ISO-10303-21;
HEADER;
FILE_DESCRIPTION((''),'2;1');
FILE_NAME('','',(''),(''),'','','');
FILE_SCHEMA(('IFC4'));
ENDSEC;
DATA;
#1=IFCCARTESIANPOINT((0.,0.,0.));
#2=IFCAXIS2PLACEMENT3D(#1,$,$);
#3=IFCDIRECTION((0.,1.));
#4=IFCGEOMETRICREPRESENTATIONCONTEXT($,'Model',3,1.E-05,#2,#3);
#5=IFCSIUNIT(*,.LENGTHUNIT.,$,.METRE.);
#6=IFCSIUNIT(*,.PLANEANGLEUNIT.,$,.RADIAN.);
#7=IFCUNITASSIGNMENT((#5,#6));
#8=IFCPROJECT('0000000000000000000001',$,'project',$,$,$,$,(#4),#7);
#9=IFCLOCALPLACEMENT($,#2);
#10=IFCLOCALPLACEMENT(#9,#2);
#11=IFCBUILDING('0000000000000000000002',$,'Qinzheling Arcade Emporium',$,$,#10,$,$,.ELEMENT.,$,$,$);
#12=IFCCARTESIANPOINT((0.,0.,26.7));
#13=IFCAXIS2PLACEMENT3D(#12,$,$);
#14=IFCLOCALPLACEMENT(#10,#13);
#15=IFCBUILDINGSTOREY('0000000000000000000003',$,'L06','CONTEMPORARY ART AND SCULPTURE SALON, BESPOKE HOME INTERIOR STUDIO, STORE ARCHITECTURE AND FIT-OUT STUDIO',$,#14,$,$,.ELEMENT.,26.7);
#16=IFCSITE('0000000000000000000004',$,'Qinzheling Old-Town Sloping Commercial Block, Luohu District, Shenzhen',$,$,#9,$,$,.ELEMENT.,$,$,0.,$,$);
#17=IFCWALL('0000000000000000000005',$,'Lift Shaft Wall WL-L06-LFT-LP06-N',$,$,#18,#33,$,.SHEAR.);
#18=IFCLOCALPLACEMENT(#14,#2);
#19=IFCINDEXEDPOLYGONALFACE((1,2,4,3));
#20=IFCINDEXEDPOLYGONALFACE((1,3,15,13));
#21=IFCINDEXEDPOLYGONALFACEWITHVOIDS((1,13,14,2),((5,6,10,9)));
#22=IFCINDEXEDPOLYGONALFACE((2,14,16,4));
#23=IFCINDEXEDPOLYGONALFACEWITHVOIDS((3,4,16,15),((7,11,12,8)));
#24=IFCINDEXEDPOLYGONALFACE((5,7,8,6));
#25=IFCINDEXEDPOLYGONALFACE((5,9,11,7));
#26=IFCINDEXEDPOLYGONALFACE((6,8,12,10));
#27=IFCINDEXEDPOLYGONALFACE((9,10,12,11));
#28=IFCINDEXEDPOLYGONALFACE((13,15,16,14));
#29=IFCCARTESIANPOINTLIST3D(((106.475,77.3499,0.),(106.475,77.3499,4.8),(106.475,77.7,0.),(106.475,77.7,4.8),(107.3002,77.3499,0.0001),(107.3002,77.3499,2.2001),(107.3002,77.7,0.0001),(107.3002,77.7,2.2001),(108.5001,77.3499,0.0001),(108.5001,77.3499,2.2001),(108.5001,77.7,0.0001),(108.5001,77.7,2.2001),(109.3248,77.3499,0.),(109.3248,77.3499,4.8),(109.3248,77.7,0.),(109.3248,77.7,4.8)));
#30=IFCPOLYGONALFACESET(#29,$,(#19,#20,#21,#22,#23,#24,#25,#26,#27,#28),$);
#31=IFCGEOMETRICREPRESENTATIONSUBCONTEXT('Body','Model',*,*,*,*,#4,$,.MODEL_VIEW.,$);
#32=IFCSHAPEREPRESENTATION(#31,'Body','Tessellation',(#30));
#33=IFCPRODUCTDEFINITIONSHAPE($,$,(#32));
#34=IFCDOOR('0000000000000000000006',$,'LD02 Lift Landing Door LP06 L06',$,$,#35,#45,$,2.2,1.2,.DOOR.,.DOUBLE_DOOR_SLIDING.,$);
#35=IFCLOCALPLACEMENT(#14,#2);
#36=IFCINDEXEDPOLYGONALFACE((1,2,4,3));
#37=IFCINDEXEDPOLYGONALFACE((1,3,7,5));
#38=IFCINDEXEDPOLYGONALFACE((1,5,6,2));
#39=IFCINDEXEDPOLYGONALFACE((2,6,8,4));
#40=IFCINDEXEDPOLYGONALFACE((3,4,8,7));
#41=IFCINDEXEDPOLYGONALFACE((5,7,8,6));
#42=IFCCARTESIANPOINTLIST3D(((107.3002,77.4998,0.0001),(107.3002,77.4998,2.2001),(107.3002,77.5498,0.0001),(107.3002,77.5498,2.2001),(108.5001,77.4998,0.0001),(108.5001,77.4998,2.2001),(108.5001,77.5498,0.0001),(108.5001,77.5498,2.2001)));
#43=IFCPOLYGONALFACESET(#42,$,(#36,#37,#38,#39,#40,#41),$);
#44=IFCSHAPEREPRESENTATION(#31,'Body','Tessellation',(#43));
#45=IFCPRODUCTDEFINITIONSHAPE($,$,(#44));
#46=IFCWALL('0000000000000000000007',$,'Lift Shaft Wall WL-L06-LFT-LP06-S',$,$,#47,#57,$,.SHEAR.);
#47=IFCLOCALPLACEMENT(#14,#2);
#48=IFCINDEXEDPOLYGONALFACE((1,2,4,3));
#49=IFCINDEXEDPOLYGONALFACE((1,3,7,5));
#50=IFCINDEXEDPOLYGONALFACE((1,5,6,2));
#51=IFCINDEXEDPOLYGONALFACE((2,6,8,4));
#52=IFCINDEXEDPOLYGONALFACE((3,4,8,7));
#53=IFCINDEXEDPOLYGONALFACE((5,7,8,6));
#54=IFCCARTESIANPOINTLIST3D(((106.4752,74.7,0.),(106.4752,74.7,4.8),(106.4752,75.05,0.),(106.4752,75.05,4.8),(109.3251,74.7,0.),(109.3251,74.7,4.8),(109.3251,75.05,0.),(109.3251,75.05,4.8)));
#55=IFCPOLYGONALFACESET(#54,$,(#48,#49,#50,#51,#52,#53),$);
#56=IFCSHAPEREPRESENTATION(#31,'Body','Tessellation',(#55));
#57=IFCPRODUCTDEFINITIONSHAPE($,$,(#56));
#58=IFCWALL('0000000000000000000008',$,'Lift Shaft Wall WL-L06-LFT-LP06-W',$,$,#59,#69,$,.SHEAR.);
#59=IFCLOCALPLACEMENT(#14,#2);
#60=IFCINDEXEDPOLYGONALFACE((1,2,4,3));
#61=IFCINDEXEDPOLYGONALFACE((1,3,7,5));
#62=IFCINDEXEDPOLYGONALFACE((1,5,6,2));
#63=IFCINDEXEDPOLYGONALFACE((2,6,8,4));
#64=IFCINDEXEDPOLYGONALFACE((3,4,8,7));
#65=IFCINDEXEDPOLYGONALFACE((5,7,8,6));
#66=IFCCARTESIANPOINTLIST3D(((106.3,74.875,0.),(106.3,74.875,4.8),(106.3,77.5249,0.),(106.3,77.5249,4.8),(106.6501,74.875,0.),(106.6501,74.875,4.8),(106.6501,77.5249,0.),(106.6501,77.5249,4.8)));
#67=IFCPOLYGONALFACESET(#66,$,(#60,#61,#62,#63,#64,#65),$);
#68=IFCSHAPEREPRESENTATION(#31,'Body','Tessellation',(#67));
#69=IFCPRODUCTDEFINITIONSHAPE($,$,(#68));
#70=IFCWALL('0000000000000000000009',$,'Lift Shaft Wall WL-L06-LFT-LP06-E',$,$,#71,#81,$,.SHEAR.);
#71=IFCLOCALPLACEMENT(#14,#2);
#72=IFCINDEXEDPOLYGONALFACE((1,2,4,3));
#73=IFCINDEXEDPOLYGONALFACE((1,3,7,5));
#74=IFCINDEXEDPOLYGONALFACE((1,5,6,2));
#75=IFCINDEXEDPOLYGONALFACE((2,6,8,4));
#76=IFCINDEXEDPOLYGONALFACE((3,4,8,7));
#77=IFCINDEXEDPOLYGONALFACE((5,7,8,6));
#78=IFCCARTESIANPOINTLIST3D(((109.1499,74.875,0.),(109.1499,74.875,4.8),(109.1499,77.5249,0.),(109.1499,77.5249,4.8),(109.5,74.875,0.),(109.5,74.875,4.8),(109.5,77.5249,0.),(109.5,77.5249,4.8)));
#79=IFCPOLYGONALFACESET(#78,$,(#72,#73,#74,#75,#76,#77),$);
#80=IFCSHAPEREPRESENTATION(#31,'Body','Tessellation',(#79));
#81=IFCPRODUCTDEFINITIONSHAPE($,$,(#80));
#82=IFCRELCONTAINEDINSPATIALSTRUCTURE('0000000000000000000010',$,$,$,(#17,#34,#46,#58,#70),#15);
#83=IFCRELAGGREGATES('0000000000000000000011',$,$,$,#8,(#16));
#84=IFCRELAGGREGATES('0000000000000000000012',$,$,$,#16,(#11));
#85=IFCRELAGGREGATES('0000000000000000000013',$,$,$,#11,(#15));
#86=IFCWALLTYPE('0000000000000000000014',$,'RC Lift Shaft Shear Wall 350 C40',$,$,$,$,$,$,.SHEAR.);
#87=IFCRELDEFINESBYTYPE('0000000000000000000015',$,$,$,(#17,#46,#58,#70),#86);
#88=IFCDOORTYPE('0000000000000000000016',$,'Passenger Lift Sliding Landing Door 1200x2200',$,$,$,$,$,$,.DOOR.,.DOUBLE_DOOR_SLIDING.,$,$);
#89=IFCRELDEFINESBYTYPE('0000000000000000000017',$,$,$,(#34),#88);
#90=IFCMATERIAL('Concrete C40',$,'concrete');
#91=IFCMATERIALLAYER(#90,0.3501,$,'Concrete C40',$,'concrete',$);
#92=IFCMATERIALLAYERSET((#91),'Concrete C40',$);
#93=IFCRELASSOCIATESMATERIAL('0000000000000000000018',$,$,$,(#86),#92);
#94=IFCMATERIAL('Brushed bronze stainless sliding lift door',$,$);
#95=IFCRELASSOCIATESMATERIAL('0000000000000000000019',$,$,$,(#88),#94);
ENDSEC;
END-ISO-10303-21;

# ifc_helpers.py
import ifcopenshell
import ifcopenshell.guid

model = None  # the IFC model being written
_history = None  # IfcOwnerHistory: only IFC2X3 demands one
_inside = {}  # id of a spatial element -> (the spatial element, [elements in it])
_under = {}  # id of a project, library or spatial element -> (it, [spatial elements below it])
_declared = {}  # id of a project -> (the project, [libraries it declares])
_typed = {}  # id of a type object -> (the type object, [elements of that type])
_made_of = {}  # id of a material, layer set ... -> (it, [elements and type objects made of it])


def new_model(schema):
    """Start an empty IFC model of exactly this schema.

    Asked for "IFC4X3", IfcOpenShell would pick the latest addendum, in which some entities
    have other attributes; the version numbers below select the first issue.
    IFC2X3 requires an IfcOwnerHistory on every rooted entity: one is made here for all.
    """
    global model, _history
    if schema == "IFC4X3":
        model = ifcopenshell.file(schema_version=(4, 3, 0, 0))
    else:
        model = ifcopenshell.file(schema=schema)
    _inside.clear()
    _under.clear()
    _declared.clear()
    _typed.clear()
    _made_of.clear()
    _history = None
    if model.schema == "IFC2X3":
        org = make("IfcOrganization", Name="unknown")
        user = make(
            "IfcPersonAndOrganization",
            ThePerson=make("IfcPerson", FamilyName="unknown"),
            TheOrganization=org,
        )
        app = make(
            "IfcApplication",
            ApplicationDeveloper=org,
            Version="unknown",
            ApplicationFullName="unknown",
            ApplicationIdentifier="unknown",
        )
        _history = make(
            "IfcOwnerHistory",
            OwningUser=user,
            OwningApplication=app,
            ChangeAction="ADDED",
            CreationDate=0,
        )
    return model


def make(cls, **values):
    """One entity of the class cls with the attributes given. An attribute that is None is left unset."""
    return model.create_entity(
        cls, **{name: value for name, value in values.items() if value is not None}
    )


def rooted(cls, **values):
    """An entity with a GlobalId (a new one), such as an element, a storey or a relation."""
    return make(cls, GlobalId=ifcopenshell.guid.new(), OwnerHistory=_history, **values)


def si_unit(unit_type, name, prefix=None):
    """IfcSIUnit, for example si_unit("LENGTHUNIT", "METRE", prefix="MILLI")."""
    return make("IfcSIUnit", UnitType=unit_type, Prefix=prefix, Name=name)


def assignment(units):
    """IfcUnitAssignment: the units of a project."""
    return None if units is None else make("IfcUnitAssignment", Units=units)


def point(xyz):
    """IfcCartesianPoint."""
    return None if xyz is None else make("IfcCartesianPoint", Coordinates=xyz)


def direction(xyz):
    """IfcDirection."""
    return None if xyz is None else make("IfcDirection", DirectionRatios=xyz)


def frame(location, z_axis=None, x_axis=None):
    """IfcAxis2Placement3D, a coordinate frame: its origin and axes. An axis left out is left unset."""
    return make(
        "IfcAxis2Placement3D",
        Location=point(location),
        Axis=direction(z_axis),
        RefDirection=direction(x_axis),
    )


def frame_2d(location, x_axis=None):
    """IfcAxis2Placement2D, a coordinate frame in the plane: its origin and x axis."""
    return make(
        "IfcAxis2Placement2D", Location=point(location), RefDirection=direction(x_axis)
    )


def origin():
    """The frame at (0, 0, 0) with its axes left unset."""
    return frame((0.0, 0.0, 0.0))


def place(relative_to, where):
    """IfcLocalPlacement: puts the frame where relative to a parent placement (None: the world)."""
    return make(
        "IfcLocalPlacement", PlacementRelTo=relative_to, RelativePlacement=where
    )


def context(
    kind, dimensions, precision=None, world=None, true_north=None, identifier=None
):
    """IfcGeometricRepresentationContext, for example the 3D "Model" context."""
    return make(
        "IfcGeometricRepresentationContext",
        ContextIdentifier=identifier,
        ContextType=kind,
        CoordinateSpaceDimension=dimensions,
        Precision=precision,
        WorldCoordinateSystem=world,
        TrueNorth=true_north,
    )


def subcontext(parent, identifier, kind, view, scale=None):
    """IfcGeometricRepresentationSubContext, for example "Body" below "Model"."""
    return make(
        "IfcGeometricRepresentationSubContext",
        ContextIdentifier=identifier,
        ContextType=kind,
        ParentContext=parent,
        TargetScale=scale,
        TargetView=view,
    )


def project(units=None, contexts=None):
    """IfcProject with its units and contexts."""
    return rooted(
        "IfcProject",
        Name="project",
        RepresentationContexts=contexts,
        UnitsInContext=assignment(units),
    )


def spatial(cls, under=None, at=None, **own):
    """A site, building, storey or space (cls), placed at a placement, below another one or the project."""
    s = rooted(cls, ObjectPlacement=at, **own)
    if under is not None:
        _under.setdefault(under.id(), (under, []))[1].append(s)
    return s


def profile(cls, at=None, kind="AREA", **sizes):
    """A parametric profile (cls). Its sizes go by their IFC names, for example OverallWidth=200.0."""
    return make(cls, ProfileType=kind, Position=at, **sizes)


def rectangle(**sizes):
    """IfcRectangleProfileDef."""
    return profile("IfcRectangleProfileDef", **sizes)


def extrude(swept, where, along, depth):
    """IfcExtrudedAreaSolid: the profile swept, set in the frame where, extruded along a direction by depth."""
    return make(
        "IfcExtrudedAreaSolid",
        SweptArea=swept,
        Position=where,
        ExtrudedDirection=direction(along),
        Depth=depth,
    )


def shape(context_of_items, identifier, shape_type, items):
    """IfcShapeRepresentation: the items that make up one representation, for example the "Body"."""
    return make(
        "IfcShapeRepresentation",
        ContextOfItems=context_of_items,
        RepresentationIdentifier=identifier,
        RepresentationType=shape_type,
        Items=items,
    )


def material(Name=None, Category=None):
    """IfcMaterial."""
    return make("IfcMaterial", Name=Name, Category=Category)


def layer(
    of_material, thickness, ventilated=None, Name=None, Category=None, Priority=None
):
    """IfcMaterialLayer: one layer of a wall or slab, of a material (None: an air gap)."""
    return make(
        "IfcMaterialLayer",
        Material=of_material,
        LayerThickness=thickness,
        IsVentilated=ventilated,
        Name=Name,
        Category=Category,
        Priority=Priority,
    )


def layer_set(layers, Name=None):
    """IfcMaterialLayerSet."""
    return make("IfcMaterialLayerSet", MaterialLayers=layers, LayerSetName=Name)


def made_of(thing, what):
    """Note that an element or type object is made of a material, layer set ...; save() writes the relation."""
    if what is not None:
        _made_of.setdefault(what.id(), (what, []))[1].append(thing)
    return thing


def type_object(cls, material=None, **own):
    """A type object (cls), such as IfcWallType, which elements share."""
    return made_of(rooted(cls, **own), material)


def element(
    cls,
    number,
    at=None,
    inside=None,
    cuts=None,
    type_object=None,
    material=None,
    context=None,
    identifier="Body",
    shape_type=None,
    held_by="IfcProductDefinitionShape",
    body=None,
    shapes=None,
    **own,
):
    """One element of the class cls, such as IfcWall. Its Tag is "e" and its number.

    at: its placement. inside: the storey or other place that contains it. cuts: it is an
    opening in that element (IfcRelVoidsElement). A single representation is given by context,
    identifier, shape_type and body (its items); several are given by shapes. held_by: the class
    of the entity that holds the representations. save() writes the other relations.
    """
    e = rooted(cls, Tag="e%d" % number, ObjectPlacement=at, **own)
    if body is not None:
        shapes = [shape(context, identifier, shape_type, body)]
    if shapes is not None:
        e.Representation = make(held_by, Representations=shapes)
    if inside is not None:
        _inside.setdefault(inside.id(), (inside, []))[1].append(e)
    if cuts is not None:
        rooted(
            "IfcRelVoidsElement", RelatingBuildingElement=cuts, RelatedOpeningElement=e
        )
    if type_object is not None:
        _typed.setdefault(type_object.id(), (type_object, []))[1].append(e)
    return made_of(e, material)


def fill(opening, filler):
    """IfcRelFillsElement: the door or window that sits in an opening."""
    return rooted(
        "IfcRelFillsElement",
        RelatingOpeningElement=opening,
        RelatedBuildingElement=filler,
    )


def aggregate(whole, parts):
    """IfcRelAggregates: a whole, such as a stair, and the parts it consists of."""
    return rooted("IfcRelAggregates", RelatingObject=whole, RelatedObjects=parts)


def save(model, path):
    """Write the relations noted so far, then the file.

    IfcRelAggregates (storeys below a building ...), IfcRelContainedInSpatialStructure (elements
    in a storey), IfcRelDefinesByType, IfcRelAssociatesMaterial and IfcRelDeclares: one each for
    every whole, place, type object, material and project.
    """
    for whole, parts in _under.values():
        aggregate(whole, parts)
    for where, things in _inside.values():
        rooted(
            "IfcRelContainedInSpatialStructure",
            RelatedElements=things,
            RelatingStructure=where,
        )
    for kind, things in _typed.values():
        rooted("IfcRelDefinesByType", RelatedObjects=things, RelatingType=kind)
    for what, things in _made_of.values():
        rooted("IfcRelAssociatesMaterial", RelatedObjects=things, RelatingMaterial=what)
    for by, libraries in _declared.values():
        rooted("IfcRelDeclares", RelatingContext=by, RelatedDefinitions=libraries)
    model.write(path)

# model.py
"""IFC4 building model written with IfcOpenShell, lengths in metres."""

from ifc_helpers import new_model, si_unit, direction, frame, frame_2d, origin, place, context, subcontext, project, spatial, rectangle, extrude, material, layer, layer_set, type_object, element, fill, save


model = new_model("IFC4")

# Units and contexts
model_context = context("Model", 3, precision=1e-05, world=origin(), true_north=direction((0.0, 1.0)))
body_context = subcontext(model_context, "Body", "Model", "MODEL_VIEW")
ifc_project = project(units=[si_unit("LENGTHUNIT", "METRE"), si_unit("PLANEANGLEUNIT", "RADIAN")], contexts=[model_context])

# Site, building, storey
site_placement = place(None, origin())
site = spatial("IfcSite", under=ifc_project, at=site_placement, Name="Qinzheling Old-Town Sloping Commercial Block, Luohu District, Shenzhen", CompositionType="ELEMENT", RefElevation=0.0)
building_placement = place(site_placement, origin())
building = spatial("IfcBuilding", under=site, at=building_placement, Name="Qinzheling Arcade Emporium", CompositionType="ELEMENT")
storey_placement = place(building_placement, frame((0.0, 0.0, 26.7)))
storey = spatial("IfcBuildingStorey", under=building, at=storey_placement, Name="L06", Description="CONTEMPORARY ART AND SCULPTURE SALON, BESPOKE HOME INTERIOR STUDIO, STORE ARCHITECTURE AND FIT-OUT STUDIO", CompositionType="ELEMENT", Elevation=26.7)

# Shared definitions
ifc_material_1 = material(Name="Concrete C40", Category="concrete")

# Wall, opening, door
ifc_layer_1 = layer(ifc_material_1, 0.3501, Name="Concrete C40", Category="concrete")
ifc_layer_set_1 = layer_set([ifc_layer_1], Name="Concrete C40")
wall_type_1 = type_object("IfcWallType", Name="RC Lift Shaft Shear Wall 350 C40", PredefinedType="SHEAR", material=ifc_layer_set_1)
wall_1_placement = place(storey_placement, frame((106.4751, 77.5249, 0.0), z_axis=(0.0, 0.0, 1.0), x_axis=(1.0, 0.0, 0.0)))
wall_1 = element("IfcWall", 1, at=wall_1_placement, inside=storey, type_object=wall_type_1, Name="Lift Shaft Wall WL-L06-LFT-LP06-N", PredefinedType="SHEAR", context=body_context, shape_type="SweptSolid", body=[
    extrude(rectangle(XDim=2.8499, YDim=0.3501, at=frame_2d((1.4248, 0.0))), origin(), (0.0, 0.0, 1.0), 4.8),
])
opening_1_placement = place(wall_1_placement, frame((0.825, 0.0, 0.0)))
opening_1 = element("IfcOpeningElement", 2, at=opening_1_placement, cuts=wall_1, PredefinedType="OPENING", context=body_context, shape_type="SweptSolid", body=[
    extrude(rectangle(XDim=1.2, YDim=2.2, at=frame_2d((0.6001, 1.1001))), frame((0.0, 0.1851, 0.0), z_axis=(0.0, -1.0, 0.0), x_axis=(1.0, 0.0, 0.0)), (0.0, 0.0, 1.0), 0.3701),
])
ifc_material_2 = material(Name="Brushed bronze stainless sliding lift door")
door_type_1 = type_object("IfcDoorType", Name="Passenger Lift Sliding Landing Door 1200x2200", OperationType="DOUBLE_DOOR_SLIDING", PredefinedType="DOOR", material=ifc_material_2)
door_1_placement = place(opening_1_placement, origin())
door_1 = element("IfcDoor", 3, at=door_1_placement, inside=storey, type_object=door_type_1, Name="LD02 Lift Landing Door LP06 L06", OperationType="DOUBLE_DOOR_SLIDING", OverallHeight=2.2, OverallWidth=1.2, PredefinedType="DOOR", context=body_context, shape_type="SweptSolid", body=[
    extrude(rectangle(XDim=1.2, YDim=2.2, at=frame_2d((0.6001, 1.1001))), frame((0.0, 0.0249, 0.0), z_axis=(0.0, -1.0, 0.0), x_axis=(1.0, 0.0, 0.0)), (0.0, 0.0, 1.0), 0.05),
])
fill(opening_1, door_1)

# Walls
wall_2_placement = place(storey_placement, frame((109.325, 74.875, 0.0), z_axis=(0.0, 0.0, 1.0), x_axis=(-1.0, 0.0, 0.0)))
element("IfcWall", 4, at=wall_2_placement, inside=storey, type_object=wall_type_1, Name="Lift Shaft Wall WL-L06-LFT-LP06-S", PredefinedType="SHEAR", context=body_context, shape_type="SweptSolid", body=[
    extrude(rectangle(XDim=2.8499, YDim=0.3501, at=frame_2d((1.4248, 0.0))), origin(), (0.0, 0.0, 1.0), 4.8),
])
for number, where, z_axis, x_axis, name in (
    (5, (106.4751, 74.875, 0.0), (0.0, 0.0, 1.0), (0.0, 1.0, 0.0), "Lift Shaft Wall WL-L06-LFT-LP06-W"),
    (6, (109.325, 77.5249, 0.0), (0.0, 0.0, 1.0), (0.0, -1.0, 0.0), "Lift Shaft Wall WL-L06-LFT-LP06-E"),
):
    element("IfcWall", number, at=place(storey_placement, frame(where, z_axis=z_axis, x_axis=x_axis)), inside=storey, type_object=wall_type_1, Name=name, PredefinedType="SHEAR", context=body_context, shape_type="SweptSolid", body=[
        extrude(rectangle(XDim=2.6499, YDim=0.3501, at=frame_2d((1.325, 0.0))), origin(), (0.0, 0.0, 1.0), 4.8),
    ])

save(model, "model.ifc")
